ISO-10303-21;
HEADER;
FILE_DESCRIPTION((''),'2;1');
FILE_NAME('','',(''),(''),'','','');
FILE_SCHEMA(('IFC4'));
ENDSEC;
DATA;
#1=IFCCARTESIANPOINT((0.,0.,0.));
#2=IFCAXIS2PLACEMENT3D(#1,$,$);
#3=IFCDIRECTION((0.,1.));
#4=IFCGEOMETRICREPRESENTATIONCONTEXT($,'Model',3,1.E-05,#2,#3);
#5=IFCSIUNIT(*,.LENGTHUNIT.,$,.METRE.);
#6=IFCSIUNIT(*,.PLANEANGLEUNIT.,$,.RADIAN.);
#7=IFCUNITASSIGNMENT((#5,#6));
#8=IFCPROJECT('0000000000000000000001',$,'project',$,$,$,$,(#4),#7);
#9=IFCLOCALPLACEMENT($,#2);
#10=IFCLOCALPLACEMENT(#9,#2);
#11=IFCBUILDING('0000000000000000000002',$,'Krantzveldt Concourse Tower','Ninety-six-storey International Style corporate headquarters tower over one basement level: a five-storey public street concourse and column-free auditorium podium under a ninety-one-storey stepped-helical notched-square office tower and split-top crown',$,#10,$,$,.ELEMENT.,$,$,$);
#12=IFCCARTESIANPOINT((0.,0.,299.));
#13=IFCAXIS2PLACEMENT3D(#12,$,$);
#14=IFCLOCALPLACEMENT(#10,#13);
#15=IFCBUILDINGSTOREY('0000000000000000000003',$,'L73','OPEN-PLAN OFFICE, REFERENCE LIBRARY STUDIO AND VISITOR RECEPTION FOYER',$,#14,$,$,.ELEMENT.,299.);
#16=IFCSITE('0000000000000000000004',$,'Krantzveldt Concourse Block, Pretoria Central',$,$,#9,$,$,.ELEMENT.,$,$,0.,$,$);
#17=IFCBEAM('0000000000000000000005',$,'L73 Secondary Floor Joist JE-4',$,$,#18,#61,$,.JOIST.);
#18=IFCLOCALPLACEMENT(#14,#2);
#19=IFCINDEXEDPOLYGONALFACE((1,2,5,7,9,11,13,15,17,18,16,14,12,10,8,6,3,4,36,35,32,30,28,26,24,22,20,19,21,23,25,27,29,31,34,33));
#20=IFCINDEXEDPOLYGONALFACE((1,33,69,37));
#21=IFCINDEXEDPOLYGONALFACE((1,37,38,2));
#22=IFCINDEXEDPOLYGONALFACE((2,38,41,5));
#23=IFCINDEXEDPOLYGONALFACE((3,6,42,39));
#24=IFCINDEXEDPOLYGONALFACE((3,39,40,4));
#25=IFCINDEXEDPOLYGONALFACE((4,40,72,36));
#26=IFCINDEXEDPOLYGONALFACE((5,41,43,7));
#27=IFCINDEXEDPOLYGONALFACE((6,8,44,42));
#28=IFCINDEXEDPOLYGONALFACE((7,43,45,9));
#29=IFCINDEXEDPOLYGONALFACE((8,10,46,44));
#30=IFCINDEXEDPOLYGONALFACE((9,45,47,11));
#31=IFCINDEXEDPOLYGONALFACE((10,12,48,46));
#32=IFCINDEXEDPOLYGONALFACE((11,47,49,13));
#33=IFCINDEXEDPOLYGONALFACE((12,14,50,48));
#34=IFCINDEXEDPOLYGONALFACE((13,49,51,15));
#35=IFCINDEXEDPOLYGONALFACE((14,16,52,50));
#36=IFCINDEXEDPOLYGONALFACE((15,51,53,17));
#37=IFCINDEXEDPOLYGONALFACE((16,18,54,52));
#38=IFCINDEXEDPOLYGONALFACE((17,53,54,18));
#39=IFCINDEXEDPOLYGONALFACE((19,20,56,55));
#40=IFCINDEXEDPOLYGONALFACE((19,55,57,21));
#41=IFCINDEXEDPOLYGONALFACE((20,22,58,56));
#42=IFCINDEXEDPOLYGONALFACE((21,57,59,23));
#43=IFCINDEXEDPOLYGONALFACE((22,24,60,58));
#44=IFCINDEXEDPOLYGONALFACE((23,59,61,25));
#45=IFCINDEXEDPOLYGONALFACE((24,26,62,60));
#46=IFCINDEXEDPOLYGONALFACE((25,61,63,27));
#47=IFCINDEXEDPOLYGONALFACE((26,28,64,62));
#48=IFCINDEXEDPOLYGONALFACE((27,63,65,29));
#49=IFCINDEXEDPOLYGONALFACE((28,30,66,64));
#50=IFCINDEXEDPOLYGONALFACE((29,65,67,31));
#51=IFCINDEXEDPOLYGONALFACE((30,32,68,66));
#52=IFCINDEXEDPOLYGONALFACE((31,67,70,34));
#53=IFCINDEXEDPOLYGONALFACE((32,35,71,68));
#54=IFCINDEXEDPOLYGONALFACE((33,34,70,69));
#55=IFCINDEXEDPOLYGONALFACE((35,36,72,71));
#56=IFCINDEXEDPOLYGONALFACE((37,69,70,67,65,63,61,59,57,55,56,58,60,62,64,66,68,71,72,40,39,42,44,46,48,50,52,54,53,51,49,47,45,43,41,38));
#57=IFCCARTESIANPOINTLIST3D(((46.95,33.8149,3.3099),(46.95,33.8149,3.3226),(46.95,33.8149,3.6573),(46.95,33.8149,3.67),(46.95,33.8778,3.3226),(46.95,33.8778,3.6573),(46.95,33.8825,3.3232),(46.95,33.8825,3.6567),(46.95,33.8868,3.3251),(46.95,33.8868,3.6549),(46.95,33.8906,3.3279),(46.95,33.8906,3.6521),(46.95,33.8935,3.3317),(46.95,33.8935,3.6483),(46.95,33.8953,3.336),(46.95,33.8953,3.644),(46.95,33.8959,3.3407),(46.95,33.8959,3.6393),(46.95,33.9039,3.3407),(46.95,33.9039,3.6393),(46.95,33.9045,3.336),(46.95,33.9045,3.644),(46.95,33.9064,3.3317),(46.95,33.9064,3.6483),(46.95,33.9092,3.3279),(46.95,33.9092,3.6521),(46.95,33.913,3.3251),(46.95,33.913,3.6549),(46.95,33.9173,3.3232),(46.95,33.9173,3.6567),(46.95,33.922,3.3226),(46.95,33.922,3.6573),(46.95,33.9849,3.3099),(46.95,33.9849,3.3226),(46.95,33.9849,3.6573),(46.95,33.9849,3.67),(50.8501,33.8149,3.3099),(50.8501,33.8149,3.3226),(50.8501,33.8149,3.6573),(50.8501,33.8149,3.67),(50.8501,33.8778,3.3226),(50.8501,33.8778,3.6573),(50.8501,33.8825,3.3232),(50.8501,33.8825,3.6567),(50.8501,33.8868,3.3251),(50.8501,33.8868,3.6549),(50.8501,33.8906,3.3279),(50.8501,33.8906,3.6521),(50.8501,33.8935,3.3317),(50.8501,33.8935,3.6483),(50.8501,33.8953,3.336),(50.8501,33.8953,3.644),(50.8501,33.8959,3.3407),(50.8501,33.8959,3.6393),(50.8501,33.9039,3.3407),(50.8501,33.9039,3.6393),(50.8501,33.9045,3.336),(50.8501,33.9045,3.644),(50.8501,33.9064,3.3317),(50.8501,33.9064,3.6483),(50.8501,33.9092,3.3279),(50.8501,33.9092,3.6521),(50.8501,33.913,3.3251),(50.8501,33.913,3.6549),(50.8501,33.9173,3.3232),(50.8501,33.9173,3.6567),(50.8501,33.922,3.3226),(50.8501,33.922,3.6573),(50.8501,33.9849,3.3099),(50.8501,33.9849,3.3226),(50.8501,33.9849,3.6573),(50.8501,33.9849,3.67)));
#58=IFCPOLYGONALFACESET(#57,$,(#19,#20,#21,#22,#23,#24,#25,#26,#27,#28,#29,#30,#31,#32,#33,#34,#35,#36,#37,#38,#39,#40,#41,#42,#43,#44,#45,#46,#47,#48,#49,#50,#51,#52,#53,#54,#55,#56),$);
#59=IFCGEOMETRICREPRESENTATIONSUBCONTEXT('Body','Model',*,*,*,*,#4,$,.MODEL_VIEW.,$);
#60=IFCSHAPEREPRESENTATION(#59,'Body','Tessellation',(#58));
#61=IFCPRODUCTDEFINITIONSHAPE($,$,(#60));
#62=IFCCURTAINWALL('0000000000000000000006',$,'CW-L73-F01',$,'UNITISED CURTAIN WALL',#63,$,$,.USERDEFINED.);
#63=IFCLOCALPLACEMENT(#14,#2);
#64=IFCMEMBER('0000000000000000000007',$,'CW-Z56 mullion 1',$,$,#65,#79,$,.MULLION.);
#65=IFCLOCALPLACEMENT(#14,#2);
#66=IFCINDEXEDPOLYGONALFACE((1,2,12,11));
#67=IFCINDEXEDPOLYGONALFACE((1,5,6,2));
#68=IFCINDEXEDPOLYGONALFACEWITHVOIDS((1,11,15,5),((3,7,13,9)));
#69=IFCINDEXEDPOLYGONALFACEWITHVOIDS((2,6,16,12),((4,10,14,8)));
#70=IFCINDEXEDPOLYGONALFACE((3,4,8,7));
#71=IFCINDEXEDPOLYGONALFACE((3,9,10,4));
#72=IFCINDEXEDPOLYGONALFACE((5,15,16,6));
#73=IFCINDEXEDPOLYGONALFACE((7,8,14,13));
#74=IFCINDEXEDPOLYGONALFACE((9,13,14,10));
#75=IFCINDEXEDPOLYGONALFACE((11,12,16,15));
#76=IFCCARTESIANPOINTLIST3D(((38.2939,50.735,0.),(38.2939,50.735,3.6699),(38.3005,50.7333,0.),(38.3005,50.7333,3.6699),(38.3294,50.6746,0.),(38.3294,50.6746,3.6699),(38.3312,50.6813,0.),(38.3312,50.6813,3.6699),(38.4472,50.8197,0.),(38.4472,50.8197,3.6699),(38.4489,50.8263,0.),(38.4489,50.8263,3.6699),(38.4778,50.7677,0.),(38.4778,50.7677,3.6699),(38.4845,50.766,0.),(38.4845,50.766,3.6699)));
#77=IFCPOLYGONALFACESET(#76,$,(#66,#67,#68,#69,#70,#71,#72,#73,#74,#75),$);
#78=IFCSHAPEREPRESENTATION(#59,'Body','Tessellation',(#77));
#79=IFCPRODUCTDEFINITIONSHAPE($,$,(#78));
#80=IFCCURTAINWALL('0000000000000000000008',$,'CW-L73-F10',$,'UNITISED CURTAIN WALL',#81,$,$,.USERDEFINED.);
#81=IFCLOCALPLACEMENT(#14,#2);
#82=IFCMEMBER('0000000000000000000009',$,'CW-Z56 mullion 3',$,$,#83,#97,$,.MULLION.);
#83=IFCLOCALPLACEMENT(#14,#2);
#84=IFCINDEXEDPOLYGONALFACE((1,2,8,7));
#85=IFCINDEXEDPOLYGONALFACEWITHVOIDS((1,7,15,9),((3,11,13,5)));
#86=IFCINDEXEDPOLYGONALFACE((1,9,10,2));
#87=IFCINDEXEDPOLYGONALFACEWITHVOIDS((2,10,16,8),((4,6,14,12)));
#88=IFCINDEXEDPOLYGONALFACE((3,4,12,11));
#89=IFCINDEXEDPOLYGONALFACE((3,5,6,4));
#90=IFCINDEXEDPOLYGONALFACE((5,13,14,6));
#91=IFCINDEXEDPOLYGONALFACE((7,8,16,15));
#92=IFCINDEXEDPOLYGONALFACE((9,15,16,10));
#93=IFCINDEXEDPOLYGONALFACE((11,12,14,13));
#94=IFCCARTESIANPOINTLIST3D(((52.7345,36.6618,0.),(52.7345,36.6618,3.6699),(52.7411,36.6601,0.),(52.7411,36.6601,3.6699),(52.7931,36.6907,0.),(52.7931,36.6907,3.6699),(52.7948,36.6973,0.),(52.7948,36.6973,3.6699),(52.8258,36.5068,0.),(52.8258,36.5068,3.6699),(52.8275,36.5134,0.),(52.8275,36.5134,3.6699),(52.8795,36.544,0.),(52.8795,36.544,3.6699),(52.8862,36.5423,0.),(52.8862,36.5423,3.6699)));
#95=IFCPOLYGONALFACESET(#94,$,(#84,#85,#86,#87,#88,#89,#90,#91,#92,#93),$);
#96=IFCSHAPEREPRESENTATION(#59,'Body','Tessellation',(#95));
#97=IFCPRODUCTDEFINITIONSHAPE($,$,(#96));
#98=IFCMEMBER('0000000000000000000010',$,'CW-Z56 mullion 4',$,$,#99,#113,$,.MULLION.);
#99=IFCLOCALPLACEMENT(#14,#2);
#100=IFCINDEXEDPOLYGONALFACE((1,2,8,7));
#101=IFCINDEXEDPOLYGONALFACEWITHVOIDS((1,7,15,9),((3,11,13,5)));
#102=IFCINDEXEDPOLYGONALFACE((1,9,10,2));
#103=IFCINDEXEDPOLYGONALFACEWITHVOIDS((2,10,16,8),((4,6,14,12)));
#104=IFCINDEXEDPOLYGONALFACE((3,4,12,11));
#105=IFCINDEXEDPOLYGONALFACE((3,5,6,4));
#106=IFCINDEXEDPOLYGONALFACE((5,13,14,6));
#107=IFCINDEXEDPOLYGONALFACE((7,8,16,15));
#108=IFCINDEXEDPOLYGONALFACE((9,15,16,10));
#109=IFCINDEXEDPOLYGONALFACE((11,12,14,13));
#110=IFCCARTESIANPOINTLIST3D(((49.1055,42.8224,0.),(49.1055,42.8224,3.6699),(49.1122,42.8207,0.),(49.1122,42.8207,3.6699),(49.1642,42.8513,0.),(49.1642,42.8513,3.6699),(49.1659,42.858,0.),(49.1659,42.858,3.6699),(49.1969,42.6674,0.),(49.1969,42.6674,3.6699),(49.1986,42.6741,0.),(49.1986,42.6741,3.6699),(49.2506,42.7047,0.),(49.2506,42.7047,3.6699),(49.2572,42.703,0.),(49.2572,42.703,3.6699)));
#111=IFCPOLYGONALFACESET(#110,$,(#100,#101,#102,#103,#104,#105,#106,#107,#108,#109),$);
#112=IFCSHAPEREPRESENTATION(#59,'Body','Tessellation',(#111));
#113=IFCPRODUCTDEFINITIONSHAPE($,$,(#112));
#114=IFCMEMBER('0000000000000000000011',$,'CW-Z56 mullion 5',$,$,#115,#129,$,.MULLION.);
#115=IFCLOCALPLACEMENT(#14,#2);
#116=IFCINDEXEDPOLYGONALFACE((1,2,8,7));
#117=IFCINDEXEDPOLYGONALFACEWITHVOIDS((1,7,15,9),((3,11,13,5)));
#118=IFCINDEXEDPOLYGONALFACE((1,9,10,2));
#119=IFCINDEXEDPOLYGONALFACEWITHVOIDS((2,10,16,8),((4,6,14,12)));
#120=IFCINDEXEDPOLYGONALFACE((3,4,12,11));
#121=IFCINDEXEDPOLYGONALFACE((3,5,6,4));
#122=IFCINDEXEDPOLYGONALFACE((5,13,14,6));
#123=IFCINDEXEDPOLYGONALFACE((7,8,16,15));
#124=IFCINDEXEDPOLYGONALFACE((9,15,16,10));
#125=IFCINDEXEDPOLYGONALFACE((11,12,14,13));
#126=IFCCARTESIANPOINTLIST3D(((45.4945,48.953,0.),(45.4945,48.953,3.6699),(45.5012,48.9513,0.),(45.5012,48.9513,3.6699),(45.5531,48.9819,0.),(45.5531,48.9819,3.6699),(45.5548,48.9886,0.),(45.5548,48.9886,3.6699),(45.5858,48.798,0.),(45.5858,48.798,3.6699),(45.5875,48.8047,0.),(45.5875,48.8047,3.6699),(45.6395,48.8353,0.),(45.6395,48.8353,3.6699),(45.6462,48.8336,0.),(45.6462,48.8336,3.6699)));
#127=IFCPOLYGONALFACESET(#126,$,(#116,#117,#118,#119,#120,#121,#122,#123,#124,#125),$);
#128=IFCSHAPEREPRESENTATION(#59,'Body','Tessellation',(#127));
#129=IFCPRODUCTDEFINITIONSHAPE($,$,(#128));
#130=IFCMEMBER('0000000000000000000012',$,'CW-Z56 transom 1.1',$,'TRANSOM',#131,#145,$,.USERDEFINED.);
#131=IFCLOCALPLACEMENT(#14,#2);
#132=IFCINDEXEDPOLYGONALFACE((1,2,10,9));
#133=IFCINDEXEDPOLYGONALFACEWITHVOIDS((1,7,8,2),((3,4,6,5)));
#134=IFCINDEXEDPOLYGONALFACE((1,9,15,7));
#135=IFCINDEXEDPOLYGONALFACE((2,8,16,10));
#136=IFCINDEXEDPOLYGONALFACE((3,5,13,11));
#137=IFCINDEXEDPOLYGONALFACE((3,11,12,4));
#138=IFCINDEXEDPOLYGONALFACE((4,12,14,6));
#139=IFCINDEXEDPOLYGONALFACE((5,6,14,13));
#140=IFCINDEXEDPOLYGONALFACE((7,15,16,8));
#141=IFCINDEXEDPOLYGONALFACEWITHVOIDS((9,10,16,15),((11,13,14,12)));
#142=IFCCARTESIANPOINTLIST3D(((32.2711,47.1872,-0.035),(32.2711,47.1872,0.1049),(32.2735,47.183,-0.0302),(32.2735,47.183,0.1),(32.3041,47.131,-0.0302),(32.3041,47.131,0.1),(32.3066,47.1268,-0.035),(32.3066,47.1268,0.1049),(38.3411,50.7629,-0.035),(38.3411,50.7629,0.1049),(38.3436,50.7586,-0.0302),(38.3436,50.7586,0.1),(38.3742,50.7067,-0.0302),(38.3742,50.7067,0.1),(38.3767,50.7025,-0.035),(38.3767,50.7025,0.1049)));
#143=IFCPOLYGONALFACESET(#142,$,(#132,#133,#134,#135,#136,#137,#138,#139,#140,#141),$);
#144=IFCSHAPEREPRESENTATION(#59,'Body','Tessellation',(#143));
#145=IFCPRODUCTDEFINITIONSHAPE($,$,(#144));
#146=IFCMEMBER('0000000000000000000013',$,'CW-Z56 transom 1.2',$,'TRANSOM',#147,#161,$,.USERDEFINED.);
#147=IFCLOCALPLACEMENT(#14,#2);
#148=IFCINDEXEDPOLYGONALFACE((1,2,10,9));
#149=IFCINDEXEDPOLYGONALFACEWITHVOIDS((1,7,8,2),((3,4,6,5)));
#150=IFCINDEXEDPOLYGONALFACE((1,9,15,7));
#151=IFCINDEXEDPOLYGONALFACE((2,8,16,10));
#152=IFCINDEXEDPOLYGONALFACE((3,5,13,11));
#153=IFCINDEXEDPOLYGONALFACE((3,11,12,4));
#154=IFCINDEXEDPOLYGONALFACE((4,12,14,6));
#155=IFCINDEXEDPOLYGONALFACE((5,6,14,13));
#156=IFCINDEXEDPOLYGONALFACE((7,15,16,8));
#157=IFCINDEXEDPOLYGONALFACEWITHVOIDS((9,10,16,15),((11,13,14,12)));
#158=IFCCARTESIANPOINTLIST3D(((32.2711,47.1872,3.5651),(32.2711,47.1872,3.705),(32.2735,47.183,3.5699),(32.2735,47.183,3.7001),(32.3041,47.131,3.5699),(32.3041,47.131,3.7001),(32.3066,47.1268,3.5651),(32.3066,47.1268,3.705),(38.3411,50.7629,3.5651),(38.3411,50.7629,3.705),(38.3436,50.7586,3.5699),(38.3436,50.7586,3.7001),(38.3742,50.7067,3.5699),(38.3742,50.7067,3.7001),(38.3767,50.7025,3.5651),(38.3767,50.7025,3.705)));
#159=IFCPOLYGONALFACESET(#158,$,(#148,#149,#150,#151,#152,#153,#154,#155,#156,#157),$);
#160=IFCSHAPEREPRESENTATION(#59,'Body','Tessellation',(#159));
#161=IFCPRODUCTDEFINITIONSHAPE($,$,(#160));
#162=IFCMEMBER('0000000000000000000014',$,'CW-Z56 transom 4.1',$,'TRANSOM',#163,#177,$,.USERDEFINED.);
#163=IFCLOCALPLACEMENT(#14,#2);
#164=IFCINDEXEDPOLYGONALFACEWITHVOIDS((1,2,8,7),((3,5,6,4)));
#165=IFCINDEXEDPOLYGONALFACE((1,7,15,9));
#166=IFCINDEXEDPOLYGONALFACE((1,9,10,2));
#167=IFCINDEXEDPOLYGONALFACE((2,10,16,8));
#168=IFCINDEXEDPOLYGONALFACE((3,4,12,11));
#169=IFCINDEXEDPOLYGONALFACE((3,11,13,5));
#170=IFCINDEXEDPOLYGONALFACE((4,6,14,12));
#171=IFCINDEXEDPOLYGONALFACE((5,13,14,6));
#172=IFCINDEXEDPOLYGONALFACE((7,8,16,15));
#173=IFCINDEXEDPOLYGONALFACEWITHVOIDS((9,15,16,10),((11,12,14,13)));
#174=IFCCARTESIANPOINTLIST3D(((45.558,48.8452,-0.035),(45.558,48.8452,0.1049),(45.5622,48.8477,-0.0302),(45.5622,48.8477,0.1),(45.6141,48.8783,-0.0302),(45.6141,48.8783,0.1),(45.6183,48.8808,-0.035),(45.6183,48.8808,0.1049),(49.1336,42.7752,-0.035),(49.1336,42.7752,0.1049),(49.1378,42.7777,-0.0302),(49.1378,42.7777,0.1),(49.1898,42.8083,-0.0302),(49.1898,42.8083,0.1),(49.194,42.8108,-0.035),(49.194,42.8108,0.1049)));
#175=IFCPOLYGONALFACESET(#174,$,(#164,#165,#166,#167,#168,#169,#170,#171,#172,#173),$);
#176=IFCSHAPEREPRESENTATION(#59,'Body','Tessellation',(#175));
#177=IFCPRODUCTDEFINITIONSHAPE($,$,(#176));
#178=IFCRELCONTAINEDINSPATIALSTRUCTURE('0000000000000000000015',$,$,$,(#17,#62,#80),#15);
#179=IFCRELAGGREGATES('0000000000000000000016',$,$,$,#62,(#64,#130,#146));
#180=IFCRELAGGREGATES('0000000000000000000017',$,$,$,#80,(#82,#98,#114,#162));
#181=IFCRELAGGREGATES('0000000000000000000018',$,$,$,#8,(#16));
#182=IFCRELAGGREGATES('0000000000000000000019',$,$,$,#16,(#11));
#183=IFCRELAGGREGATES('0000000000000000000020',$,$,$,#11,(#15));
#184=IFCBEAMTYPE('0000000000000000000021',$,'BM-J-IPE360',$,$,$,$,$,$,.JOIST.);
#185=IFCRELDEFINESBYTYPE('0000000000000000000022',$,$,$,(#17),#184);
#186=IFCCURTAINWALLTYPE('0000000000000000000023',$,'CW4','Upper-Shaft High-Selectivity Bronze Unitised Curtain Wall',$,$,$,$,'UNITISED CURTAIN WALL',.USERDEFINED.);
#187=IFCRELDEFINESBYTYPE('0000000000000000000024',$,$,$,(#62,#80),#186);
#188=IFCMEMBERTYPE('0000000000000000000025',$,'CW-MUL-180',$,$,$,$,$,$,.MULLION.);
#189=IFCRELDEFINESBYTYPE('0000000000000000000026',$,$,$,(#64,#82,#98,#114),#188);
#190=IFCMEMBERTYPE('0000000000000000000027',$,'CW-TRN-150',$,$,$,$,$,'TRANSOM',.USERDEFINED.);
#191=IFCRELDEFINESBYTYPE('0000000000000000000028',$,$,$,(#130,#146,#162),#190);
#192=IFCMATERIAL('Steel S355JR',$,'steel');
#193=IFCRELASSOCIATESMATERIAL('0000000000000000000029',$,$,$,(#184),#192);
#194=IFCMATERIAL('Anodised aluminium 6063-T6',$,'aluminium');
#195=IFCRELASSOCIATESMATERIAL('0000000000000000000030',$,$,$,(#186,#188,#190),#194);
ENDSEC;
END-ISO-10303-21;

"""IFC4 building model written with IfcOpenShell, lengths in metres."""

from ifc_helpers import new_model, si_unit, direction, frame, origin, origin_2d, place, context, subcontext, project, spatial, hollow_rectangle, i_section, extrude, source, transform, mapped, material, material_profile, profile_set, type_object, type_shapes, element, aggregate, save


model = new_model("IFC4")

# Units and contexts
model_context = context("Model", 3, precision=1e-05, world=origin(), true_north=direction((0.0, 1.0)))
body_context = subcontext(model_context, "Body", "Model", "MODEL_VIEW")
ifc_project = project(units=[si_unit("LENGTHUNIT", "METRE"), si_unit("PLANEANGLEUNIT", "RADIAN")], contexts=[model_context])

# Site, building, storey
site_placement = place(None, origin())
site = spatial("IfcSite", under=ifc_project, at=site_placement, Name="Krantzveldt Concourse Block, Pretoria Central", CompositionType="ELEMENT", RefElevation=0.0)
building_placement = place(site_placement, origin())
building = spatial("IfcBuilding", under=site, at=building_placement, Name="Krantzveldt Concourse Tower", Description="Ninety-six-storey International Style corporate headquarters tower over one basement level: a five-storey public street concourse and column-free auditorium podium under a ninety-one-storey stepped-helical notched-square office tower and split-top crown", CompositionType="ELEMENT")
storey_placement = place(building_placement, frame((0.0, 0.0, 299.0)))
storey = spatial("IfcBuildingStorey", under=building, at=storey_placement, Name="L73", Description="OPEN-PLAN OFFICE, REFERENCE LIBRARY STUDIO AND VISITOR RECEPTION FOYER", CompositionType="ELEMENT", Elevation=299.0)

# Beam
ifc_material_1 = material(Name="Steel S355JR", Category="steel")
ifc_material_profile_1 = material_profile(ifc_material_1, i_section(OverallWidth=0.1699, OverallDepth=0.3601, WebThickness=0.0081, FlangeThickness=0.0127, FilletRadius=0.0181, at=origin_2d()), Name="Steel S355JR", Category="steel")
ifc_profile_set_1 = profile_set([ifc_material_profile_1], Name="Steel S355JR - IPE 360")
beam_type_1 = type_object("IfcBeamType", Name="BM-J-IPE360", PredefinedType="JOIST", material=ifc_profile_set_1)
shared_shape_1 = source(origin(), body_context, "Body", "SweptSolid", [
    extrude(i_section(OverallWidth=0.1699, OverallDepth=0.3601, WebThickness=0.0081, FlangeThickness=0.0127, FilletRadius=0.0181, at=origin_2d()), origin(), (0.0, 0.0, 1.0), 3.9001),
])
type_shapes(beam_type_1, [shared_shape_1])
beam_1_placement = place(storey_placement, frame((46.95, 33.8999, 3.49), z_axis=(1.0, 0.0, 0.0), x_axis=(0.0, 1.0, 0.0)))
element("IfcBeam", 1, at=beam_1_placement, inside=storey, type_object=beam_type_1, Name="L73 Secondary Floor Joist JE-4", PredefinedType="JOIST", context=body_context, shape_type="MappedRepresentation", body=[
    mapped(shared_shape_1, transform((0.0, 0.0, 0.0), x_axis=(1.0, 0.0, 0.0), y_axis=(0.0, 1.0, 0.0), z_axis=(0.0, 0.0, 1.0), scale=1.0)),
])

# Curtain wall, member
ifc_material_2 = material(Name="Anodised aluminium 6063-T6", Category="aluminium")
curtain_wall_type = type_object("IfcCurtainWallType", Name="CW4", Description="Upper-Shaft High-Selectivity Bronze Unitised Curtain Wall", ElementType="UNITISED CURTAIN WALL", PredefinedType="USERDEFINED", material=ifc_material_2)
curtain_wall_1_placement = place(storey_placement, origin())
curtain_wall_1 = element("IfcCurtainWall", 2, at=curtain_wall_1_placement, inside=storey, type_object=curtain_wall_type, Name="CW-L73-F01", ObjectType="UNITISED CURTAIN WALL", PredefinedType="USERDEFINED")
ifc_material_profile_2 = material_profile(ifc_material_2, hollow_rectangle(XDim=0.0701, YDim=0.1799, WallThickness=0.0049, at=origin_2d()), Name="Anodised aluminium 6063-T6", Category="aluminium")
ifc_profile_set_2 = profile_set([ifc_material_profile_2], Name="Anodised aluminium 6063-T6 - ALU-MULL 180x70x5")
member_type_1 = type_object("IfcMemberType", Name="CW-MUL-180", PredefinedType="MULLION", material=ifc_profile_set_2)
shared_shape_2 = source(origin(), body_context, "Body", "SweptSolid", [
    extrude(hollow_rectangle(XDim=0.0701, YDim=0.1799, WallThickness=0.0049, at=origin_2d()), origin(), (0.0, 0.0, 1.0), 3.6699),
])
type_shapes(member_type_1, [shared_shape_2])
member_1_placement = place(storey_placement, frame((38.3892, 50.7505, 0.0), z_axis=(0.0, 0.0, 1.0), x_axis=(0.507538, -0.861629, 0.0)))
member_1 = element("IfcMember", 3, at=member_1_placement, type_object=member_type_1, Name="CW-Z56 mullion 1", PredefinedType="MULLION", context=body_context, shape_type="MappedRepresentation", body=[
    mapped(shared_shape_2, transform((0.0, 0.0, 0.0), x_axis=(1.0, 0.0, 0.0), y_axis=(0.0, 1.0, 0.0), z_axis=(0.0, 0.0, 1.0), scale=1.0)),
])

# Curtain wall, members
curtain_wall_2_placement = place(storey_placement, origin())
curtain_wall_2 = element("IfcCurtainWall", 4, at=curtain_wall_2_placement, inside=storey, type_object=curtain_wall_type, Name="CW-L73-F10", ObjectType="UNITISED CURTAIN WALL", PredefinedType="USERDEFINED")
member_2_placement = place(storey_placement, frame((52.8103, 36.6021, 0.0), z_axis=(0.0, 0.0, 1.0), x_axis=(-0.861629, -0.507538, 0.0)))
member_2 = element("IfcMember", 5, at=member_2_placement, type_object=member_type_1, Name="CW-Z56 mullion 3", PredefinedType="MULLION", context=body_context, shape_type="MappedRepresentation", body=[
    mapped(shared_shape_2, transform((0.0, 0.0, 0.0), x_axis=(1.0, 0.0, 0.0), y_axis=(0.0, 1.0, 0.0), z_axis=(0.0, 0.0, 1.0), scale=1.0)),
])
member_3_placement = place(storey_placement, frame((49.1814, 42.7627, 0.0), z_axis=(0.0, 0.0, 1.0), x_axis=(-0.861629, -0.507538, 0.0)))
member_3 = element("IfcMember", 6, at=member_3_placement, type_object=member_type_1, Name="CW-Z56 mullion 4", PredefinedType="MULLION", context=body_context, shape_type="MappedRepresentation", body=[
    mapped(shared_shape_2, transform((0.0, 0.0, 0.0), x_axis=(1.0, 0.0, 0.0), y_axis=(0.0, 1.0, 0.0), z_axis=(0.0, 0.0, 1.0), scale=1.0)),
])
member_4_placement = place(storey_placement, frame((45.5703, 48.8933, 0.0), z_axis=(0.0, 0.0, 1.0), x_axis=(-0.861629, -0.507538, 0.0)))
member_4 = element("IfcMember", 7, at=member_4_placement, type_object=member_type_1, Name="CW-Z56 mullion 5", PredefinedType="MULLION", context=body_context, shape_type="MappedRepresentation", body=[
    mapped(shared_shape_2, transform((0.0, 0.0, 0.0), x_axis=(1.0, 0.0, 0.0), y_axis=(0.0, 1.0, 0.0), z_axis=(0.0, 0.0, 1.0), scale=1.0)),
])

# Members
ifc_material_profile_3 = material_profile(ifc_material_2, hollow_rectangle(XDim=0.0701, YDim=0.1399, WallThickness=0.0049, at=origin_2d()), Name="Anodised aluminium 6063-T6", Category="aluminium")
ifc_profile_set_3 = profile_set([ifc_material_profile_3], Name="Anodised aluminium 6063-T6 - ALU-TRAN 140x70x5")
member_type_2 = type_object("IfcMemberType", Name="CW-TRN-150", ElementType="TRANSOM", PredefinedType="USERDEFINED", material=ifc_profile_set_3)
shared_shape_3 = source(origin(), body_context, "Body", "SweptSolid", [
    extrude(hollow_rectangle(XDim=0.0701, YDim=0.1399, WallThickness=0.0049, at=origin_2d()), origin(), (0.0, 0.0, 1.0), 7.0449),
])
member_5_placement = place(storey_placement, frame((38.3589, 50.7327, 0.0349), z_axis=(-0.86162, -0.507553, 0.0), x_axis=(0.507553, -0.86162, 0.0)))
member_5 = element("IfcMember", 8, at=member_5_placement, type_object=member_type_2, Name="CW-Z56 transom 1.1", ObjectType="TRANSOM", PredefinedType="USERDEFINED", context=body_context, shape_type="MappedRepresentation", body=[
    mapped(shared_shape_3, transform((0.0, 0.0, 0.0), x_axis=(1.0, 0.0, 0.0), y_axis=(0.0, 1.0, 0.0), z_axis=(0.0, 0.0, 1.0), scale=1.0)),
])
member_6_placement = place(storey_placement, frame((38.3589, 50.7327, 3.635), z_axis=(-0.86162, -0.507553, 0.0), x_axis=(0.507553, -0.86162, 0.0)))
member_6 = element("IfcMember", 9, at=member_6_placement, type_object=member_type_2, Name="CW-Z56 transom 1.2", ObjectType="TRANSOM", PredefinedType="USERDEFINED", context=body_context, shape_type="MappedRepresentation", body=[
    mapped(shared_shape_3, transform((0.0, 0.0, 0.0), x_axis=(1.0, 0.0, 0.0), y_axis=(0.0, 1.0, 0.0), z_axis=(0.0, 0.0, 1.0), scale=1.0)),
])
member_7_placement = place(storey_placement, frame((49.1638, 42.793, 0.0349), z_axis=(-0.507553, 0.86162, 0.0), x_axis=(-0.86162, -0.507553, 0.0)))
member_7 = element("IfcMember", 10, at=member_7_placement, type_object=member_type_2, Name="CW-Z56 transom 4.1", ObjectType="TRANSOM", PredefinedType="USERDEFINED", context=body_context, shape_type="MappedRepresentation", body=[
    mapped(shared_shape_3, transform((0.0, 0.0, 0.0), x_axis=(1.0, 0.0, 0.0), y_axis=(0.0, 1.0, 0.0), z_axis=(0.0, 0.0, 1.0), scale=1.0)),
])

aggregate(curtain_wall_1, [member_1, member_5, member_6])
aggregate(curtain_wall_2, [member_2, member_3, member_4, member_7])

save(model, "model.ifc")
